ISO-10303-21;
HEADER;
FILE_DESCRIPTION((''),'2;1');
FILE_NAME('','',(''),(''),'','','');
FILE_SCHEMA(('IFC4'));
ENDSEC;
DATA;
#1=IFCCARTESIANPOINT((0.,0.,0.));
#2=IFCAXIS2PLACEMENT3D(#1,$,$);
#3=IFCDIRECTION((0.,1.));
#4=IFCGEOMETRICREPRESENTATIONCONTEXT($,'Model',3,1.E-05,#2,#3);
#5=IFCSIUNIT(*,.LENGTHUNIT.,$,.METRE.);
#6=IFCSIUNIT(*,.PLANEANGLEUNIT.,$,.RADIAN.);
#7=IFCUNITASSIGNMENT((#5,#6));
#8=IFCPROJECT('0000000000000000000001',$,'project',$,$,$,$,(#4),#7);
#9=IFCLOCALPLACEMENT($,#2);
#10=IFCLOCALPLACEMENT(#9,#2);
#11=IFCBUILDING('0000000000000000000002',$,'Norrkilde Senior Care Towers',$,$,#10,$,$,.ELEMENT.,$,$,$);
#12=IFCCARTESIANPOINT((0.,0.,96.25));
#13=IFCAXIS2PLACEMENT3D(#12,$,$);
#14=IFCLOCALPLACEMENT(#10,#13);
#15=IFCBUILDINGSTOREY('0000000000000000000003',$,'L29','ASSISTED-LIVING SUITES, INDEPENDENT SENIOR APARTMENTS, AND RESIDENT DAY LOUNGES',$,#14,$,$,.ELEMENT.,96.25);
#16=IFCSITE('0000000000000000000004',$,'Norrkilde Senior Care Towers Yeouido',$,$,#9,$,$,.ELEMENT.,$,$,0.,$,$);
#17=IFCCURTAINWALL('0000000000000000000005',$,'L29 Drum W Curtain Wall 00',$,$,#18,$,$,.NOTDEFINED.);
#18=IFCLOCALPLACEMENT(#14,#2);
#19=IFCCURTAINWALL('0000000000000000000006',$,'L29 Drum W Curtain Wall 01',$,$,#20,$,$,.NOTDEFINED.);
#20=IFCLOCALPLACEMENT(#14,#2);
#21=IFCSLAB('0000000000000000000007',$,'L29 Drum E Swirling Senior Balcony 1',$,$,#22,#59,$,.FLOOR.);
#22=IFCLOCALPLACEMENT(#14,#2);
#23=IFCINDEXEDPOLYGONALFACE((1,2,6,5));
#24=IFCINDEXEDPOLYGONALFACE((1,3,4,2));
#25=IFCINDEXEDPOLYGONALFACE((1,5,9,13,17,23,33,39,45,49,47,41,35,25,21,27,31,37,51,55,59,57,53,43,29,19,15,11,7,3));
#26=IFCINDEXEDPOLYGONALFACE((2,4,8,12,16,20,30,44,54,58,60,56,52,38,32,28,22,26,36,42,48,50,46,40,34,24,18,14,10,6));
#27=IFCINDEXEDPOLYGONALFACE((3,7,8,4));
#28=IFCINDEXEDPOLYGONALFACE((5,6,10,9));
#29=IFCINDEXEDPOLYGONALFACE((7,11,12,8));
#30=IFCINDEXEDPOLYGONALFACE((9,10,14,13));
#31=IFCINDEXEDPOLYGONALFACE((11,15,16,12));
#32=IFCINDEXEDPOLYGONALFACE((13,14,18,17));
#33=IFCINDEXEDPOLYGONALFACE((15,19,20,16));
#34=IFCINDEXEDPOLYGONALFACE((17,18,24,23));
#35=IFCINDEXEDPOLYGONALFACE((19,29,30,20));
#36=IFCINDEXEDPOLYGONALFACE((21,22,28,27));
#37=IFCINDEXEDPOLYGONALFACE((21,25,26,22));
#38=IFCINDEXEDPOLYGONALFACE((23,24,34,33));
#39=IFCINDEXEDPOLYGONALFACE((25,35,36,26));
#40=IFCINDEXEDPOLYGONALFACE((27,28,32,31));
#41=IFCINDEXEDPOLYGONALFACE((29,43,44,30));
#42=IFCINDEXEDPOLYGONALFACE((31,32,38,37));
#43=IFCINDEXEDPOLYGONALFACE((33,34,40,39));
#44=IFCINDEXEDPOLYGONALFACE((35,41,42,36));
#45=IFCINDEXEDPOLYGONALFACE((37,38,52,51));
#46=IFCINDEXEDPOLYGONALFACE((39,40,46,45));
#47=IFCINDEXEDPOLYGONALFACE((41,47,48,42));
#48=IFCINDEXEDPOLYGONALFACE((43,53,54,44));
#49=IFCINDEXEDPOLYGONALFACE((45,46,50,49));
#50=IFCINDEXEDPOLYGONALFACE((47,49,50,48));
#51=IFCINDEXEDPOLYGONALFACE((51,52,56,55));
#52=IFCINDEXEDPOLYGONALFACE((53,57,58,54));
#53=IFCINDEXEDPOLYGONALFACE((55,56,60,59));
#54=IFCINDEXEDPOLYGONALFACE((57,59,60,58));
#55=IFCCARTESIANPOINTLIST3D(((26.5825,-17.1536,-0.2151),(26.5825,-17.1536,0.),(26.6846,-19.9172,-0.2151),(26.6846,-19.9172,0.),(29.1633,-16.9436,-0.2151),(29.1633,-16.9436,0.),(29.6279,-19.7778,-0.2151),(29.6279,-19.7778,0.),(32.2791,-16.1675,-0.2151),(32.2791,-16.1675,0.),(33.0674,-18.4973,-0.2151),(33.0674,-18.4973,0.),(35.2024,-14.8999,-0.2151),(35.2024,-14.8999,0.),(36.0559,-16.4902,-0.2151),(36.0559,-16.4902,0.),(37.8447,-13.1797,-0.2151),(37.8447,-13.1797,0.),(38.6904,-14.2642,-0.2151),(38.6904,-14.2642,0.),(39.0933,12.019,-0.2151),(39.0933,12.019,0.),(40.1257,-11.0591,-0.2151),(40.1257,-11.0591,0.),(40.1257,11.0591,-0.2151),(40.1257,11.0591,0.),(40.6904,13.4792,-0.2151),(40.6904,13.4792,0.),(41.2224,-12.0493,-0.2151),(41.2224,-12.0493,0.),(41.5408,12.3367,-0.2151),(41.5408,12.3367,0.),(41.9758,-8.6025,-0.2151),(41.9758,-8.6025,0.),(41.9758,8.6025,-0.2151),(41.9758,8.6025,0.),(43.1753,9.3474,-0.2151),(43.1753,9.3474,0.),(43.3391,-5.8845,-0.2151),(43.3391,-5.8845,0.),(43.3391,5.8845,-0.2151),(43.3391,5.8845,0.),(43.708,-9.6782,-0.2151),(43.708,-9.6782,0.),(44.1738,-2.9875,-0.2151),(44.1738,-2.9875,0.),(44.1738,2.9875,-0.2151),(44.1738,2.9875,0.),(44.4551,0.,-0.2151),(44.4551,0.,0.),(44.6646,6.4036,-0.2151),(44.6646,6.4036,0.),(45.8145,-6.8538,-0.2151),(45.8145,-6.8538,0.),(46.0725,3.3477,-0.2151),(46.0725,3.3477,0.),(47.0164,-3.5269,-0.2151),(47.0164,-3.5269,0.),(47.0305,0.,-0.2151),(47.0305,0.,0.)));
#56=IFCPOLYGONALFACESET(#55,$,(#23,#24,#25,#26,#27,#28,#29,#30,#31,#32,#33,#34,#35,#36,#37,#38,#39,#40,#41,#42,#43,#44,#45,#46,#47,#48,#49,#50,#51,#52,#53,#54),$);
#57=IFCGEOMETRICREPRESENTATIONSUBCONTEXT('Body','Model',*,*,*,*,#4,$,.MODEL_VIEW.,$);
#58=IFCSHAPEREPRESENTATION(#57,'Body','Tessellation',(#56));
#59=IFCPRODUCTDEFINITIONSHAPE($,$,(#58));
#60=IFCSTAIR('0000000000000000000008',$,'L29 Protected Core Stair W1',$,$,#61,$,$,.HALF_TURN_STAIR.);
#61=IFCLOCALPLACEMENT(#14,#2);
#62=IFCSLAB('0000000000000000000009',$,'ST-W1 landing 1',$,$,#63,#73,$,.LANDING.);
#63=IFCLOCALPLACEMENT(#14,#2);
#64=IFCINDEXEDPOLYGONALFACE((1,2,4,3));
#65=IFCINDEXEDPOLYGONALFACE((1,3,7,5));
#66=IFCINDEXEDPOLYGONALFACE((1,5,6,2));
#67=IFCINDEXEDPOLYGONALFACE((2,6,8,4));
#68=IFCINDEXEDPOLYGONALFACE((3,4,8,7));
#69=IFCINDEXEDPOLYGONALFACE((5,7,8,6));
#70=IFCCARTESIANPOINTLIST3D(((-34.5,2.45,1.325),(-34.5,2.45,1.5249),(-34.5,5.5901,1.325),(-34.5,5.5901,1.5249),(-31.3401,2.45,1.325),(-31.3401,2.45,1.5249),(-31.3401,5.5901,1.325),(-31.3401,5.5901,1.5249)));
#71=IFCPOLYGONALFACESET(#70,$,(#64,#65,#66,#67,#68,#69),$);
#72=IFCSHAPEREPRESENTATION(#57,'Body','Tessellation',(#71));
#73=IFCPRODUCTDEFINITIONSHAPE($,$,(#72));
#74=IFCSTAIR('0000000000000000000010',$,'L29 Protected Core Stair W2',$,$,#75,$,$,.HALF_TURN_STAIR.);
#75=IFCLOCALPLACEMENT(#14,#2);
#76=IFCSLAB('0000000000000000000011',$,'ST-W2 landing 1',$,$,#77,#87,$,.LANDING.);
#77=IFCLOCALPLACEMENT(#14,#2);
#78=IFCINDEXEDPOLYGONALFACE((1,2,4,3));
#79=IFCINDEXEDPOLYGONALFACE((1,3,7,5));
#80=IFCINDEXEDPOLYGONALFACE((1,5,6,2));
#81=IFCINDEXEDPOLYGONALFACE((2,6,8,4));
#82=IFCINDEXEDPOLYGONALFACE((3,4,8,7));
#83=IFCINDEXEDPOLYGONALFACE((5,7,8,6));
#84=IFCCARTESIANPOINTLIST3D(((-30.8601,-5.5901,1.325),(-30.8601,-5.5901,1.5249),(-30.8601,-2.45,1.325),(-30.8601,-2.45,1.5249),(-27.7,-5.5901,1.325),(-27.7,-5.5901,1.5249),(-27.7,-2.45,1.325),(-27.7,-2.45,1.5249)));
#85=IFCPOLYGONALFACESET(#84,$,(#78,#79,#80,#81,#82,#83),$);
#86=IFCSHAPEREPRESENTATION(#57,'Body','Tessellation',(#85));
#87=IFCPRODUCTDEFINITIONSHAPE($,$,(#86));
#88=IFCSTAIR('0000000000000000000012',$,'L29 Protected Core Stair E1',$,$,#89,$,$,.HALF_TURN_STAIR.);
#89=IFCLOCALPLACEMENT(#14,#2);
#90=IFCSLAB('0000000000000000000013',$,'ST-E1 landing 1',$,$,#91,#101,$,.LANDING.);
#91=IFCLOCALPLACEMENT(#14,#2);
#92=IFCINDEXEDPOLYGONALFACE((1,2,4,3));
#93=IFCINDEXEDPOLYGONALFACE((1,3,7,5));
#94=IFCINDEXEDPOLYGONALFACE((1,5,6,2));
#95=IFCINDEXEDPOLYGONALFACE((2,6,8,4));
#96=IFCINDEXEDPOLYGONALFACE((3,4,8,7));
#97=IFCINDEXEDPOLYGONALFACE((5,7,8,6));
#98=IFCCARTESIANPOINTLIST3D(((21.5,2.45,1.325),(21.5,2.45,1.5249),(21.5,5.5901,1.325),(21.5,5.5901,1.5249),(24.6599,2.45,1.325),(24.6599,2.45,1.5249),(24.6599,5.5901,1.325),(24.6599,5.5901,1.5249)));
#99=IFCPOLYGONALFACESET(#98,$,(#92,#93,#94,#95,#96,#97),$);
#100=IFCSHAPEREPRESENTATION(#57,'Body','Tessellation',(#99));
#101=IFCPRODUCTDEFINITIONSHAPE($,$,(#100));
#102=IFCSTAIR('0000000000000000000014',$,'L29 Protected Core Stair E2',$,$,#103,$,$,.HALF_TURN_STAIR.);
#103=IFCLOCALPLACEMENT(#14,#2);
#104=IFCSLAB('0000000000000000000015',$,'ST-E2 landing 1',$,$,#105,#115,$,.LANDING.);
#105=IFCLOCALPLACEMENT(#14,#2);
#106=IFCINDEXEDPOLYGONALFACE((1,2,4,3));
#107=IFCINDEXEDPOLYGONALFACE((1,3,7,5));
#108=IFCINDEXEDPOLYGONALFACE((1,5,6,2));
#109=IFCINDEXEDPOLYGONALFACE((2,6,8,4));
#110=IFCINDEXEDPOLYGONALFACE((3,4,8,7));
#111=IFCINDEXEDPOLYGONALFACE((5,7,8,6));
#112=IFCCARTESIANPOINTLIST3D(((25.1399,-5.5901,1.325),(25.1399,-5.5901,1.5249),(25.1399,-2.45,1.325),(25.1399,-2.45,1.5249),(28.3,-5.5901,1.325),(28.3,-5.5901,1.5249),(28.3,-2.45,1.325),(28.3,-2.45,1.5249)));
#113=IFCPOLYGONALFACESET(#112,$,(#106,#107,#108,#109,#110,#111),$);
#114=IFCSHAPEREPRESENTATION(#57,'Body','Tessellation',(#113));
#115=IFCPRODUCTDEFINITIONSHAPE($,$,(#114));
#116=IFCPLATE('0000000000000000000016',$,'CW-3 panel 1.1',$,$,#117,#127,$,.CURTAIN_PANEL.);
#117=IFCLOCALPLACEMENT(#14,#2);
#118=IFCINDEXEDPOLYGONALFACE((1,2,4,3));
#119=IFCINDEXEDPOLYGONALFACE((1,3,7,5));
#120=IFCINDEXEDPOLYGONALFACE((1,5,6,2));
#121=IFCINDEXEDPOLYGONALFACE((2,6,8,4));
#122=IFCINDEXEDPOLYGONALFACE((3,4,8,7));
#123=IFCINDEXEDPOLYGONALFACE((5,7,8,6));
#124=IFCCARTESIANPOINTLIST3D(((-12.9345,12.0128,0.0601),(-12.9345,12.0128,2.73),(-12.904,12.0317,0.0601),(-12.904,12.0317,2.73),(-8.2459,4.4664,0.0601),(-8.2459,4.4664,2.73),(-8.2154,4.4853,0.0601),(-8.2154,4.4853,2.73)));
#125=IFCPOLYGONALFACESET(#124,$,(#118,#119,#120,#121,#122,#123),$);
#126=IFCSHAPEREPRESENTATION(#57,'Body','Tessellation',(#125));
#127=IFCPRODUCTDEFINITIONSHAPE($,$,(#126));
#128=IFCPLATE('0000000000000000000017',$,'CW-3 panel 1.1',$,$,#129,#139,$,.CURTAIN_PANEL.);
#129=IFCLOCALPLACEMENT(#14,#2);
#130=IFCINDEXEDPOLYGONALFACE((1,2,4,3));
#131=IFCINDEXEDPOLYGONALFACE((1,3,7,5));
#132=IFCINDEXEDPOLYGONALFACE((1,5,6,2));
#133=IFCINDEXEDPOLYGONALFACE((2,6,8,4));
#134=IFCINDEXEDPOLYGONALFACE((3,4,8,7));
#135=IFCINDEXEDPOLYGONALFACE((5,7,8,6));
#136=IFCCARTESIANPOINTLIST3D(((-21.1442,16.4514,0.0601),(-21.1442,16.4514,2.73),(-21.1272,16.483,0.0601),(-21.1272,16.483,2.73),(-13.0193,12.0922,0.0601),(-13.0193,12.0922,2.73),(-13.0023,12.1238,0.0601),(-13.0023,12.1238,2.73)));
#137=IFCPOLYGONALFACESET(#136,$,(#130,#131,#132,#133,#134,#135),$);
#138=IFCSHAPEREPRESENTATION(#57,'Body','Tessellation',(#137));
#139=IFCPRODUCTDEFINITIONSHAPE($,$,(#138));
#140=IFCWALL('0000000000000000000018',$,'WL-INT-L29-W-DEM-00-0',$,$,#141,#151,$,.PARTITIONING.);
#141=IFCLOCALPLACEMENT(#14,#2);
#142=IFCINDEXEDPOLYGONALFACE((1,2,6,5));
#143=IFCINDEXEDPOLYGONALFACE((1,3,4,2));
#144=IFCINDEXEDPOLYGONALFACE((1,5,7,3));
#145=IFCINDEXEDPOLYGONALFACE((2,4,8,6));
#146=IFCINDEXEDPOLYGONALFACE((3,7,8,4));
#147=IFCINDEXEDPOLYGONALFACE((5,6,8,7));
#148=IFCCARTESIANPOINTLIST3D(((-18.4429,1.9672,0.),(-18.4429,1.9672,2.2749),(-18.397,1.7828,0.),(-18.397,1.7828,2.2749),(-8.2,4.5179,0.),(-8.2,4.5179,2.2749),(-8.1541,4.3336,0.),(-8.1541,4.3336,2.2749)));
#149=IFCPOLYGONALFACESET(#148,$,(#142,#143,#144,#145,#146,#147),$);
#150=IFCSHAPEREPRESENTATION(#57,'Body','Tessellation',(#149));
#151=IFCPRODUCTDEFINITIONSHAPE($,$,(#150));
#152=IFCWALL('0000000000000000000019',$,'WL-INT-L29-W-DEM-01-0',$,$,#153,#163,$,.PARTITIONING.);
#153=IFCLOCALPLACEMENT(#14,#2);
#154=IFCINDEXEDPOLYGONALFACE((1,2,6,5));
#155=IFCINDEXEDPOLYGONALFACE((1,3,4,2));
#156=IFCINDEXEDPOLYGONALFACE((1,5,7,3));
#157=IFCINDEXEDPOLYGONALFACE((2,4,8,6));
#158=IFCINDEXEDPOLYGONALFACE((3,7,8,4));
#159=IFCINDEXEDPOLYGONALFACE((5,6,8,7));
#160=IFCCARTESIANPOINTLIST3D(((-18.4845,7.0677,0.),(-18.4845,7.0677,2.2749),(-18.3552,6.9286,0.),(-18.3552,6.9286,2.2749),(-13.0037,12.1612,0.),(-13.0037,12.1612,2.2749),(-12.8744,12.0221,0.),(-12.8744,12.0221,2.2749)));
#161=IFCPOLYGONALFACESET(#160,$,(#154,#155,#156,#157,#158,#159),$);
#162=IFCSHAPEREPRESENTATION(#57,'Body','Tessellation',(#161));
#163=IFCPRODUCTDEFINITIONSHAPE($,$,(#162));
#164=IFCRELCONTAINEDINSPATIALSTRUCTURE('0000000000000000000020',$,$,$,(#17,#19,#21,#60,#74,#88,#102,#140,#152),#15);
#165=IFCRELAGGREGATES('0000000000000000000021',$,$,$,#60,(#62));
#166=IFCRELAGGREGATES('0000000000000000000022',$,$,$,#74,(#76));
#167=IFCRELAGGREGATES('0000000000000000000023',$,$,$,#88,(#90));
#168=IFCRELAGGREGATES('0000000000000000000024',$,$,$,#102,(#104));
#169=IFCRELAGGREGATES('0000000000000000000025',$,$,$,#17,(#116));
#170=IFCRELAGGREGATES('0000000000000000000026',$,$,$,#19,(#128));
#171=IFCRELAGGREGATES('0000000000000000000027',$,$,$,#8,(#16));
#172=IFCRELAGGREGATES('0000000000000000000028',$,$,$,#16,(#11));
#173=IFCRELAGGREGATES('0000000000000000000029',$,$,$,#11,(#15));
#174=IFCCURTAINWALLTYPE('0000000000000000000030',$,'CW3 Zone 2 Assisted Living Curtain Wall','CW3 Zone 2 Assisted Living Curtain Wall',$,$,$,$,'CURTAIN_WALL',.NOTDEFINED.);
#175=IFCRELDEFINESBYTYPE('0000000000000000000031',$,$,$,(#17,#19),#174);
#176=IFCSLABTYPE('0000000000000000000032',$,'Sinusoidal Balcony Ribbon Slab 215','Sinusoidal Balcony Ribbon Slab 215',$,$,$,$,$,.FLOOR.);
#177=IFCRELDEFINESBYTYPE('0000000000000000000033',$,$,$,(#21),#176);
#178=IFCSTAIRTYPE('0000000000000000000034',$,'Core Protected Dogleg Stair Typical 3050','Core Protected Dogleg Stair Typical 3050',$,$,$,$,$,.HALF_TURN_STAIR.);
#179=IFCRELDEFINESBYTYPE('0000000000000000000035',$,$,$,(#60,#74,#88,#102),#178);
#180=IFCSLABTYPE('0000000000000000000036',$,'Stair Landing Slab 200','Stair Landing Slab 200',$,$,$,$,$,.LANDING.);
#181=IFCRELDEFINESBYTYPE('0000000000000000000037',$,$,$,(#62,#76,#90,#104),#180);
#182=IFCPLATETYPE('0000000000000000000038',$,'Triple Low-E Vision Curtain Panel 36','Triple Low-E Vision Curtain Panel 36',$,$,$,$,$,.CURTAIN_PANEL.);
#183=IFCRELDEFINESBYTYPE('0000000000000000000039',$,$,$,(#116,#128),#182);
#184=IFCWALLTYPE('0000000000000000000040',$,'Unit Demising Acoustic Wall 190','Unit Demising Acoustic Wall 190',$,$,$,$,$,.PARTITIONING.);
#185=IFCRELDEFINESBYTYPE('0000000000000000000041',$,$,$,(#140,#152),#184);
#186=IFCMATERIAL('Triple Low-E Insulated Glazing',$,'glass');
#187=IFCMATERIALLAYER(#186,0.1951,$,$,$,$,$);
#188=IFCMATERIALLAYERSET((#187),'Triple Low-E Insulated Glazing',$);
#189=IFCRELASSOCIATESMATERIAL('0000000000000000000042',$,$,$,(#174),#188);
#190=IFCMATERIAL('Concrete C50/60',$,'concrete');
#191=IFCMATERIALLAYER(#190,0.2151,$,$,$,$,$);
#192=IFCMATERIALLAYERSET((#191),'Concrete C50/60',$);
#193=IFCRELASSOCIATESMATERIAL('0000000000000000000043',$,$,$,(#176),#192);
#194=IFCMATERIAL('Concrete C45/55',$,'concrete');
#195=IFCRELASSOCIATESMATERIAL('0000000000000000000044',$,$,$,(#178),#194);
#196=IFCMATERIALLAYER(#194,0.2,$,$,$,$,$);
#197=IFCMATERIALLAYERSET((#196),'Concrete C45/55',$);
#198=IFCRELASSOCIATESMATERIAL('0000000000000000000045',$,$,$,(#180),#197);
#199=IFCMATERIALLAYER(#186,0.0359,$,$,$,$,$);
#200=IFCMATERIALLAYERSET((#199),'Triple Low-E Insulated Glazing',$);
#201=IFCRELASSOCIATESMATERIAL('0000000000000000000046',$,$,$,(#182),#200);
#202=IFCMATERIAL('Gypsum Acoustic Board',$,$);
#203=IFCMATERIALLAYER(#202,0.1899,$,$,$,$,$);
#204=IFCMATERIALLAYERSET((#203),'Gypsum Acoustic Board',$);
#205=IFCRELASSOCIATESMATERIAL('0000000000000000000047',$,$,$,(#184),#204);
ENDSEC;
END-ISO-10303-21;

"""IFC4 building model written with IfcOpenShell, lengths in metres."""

from ifc_helpers import new_model, si_unit, direction, frame, frame_2d, origin, origin_2d, place, context, subcontext, project, spatial, polyline, rectangle, outline, extrude, source, transform, mapped, material, layer, layer_set, type_object, type_shapes, element, aggregate, save


model = new_model("IFC4")

# Units and contexts
model_context = context("Model", 3, precision=1e-05, world=origin(), true_north=direction((0.0, 1.0)))
body_context = subcontext(model_context, "Body", "Model", "MODEL_VIEW")
ifc_project = project(units=[si_unit("LENGTHUNIT", "METRE"), si_unit("PLANEANGLEUNIT", "RADIAN")], contexts=[model_context])

# Site, building, storey
site_placement = place(None, origin())
site = spatial("IfcSite", under=ifc_project, at=site_placement, Name="Norrkilde Senior Care Towers Yeouido", CompositionType="ELEMENT", RefElevation=0.0)
building_placement = place(site_placement, origin())
building = spatial("IfcBuilding", under=site, at=building_placement, Name="Norrkilde Senior Care Towers", CompositionType="ELEMENT")
storey_placement = place(building_placement, frame((0.0, 0.0, 96.25)))
storey = spatial("IfcBuildingStorey", under=building, at=storey_placement, Name="L29", Description="ASSISTED-LIVING SUITES, INDEPENDENT SENIOR APARTMENTS, AND RESIDENT DAY LOUNGES", CompositionType="ELEMENT", Elevation=96.25)

# Curtain wall
ifc_material_1 = material(Name="Triple Low-E Insulated Glazing", Category="glass")
ifc_layer_1 = layer(ifc_material_1, 0.1951)
ifc_layer_set_1 = layer_set([ifc_layer_1], Name="Triple Low-E Insulated Glazing")
curtain_wall_type = type_object("IfcCurtainWallType", Name="CW3 Zone 2 Assisted Living Curtain Wall", Description="CW3 Zone 2 Assisted Living Curtain Wall", ElementType="CURTAIN_WALL", PredefinedType="NOTDEFINED", material=ifc_layer_set_1)
curtain_wall_1_placement = place(storey_placement, origin())
curtain_wall_1 = element("IfcCurtainWall", 1, at=curtain_wall_1_placement, inside=storey, type_object=curtain_wall_type, Name="L29 Drum W Curtain Wall 00", PredefinedType="NOTDEFINED")

# Curtain wall
curtain_wall_2_placement = place(storey_placement, origin())
curtain_wall_2 = element("IfcCurtainWall", 2, at=curtain_wall_2_placement, inside=storey, type_object=curtain_wall_type, Name="L29 Drum W Curtain Wall 01", PredefinedType="NOTDEFINED")

# Slab
ifc_material_2 = material(Name="Concrete C50/60", Category="concrete")
ifc_layer_2 = layer(ifc_material_2, 0.2151)
ifc_layer_set_2 = layer_set([ifc_layer_2], Name="Concrete C50/60")
slab_type_1 = type_object("IfcSlabType", Name="Sinusoidal Balcony Ribbon Slab 215", Description="Sinusoidal Balcony Ribbon Slab 215", PredefinedType="FLOOR", material=ifc_layer_set_2)
slab_1_placement = place(storey_placement, frame((0.0, 0.0, -0.2151)))
element("IfcSlab", 3, at=slab_1_placement, inside=storey, type_object=slab_type_1, Name="L29 Drum E Swirling Senior Balcony 1", PredefinedType="FLOOR", context=body_context, shape_type="SweptSolid", body=[
    extrude(outline(polyline([(43.708, -9.6782), (41.2224, -12.0493), (38.6904, -14.2642), (36.0559, -16.4902), (33.0674, -18.4973), (29.6279, -19.7778), (26.6846, -19.9172), (26.5825, -17.1536), (29.1633, -16.9436), (32.2791, -16.1675), (35.2024, -14.8999), (37.8447, -13.1797), (40.1257, -11.0591), (41.9758, -8.6025), (43.3391, -5.8845), (44.1738, -2.9875), (44.4551, 0.0), (44.1738, 2.9875), (43.3391, 5.8845), (41.9758, 8.6025), (40.1257, 11.0591), (39.0933, 12.019), (40.6904, 13.4792), (41.5408, 12.3367), (43.1753, 9.3474), (44.6646, 6.4036), (46.0725, 3.3477), (47.0305, 0.0), (47.0164, -3.5269), (45.8145, -6.8538), (43.708, -9.6782)])), origin(), (0.0, 0.0, 1.0), 0.2151),
])

# Stairs, slabs
ifc_material_3 = material(Name="Concrete C45/55", Category="concrete")
stair_type = type_object("IfcStairType", Name="Core Protected Dogleg Stair Typical 3050", Description="Core Protected Dogleg Stair Typical 3050", PredefinedType="HALF_TURN_STAIR", material=ifc_material_3)
stair_1_placement = place(storey_placement, origin())
stair_1 = element("IfcStair", 4, at=stair_1_placement, inside=storey, type_object=stair_type, Name="L29 Protected Core Stair W1", PredefinedType="HALF_TURN_STAIR")
ifc_layer_3 = layer(ifc_material_3, 0.2)
ifc_layer_set_3 = layer_set([ifc_layer_3], Name="Concrete C45/55")
slab_type_2 = type_object("IfcSlabType", Name="Stair Landing Slab 200", Description="Stair Landing Slab 200", PredefinedType="LANDING", material=ifc_layer_set_3)
slab_2_placement = place(storey_placement, frame((0.0, 0.0, 1.325)))
slab_2 = element("IfcSlab", 5, at=slab_2_placement, type_object=slab_type_2, Name="ST-W1 landing 1", PredefinedType="LANDING", context=body_context, shape_type="SweptSolid", body=[
    extrude(outline(polyline([(-31.3401, 5.5901), (-34.5, 5.5901), (-34.5, 2.45), (-31.3401, 2.45), (-31.3401, 5.5901)])), origin(), (0.0, 0.0, 1.0), 0.2),
])
aggregate(stair_1, [slab_2])
stair_2_placement = place(storey_placement, origin())
stair_2 = element("IfcStair", 6, at=stair_2_placement, inside=storey, type_object=stair_type, Name="L29 Protected Core Stair W2", PredefinedType="HALF_TURN_STAIR")
slab_3_placement = place(storey_placement, frame((0.0, 0.0, 1.325)))
slab_3 = element("IfcSlab", 7, at=slab_3_placement, type_object=slab_type_2, Name="ST-W2 landing 1", PredefinedType="LANDING", context=body_context, shape_type="SweptSolid", body=[
    extrude(outline(polyline([(-30.8601, -5.5901), (-27.7, -5.5901), (-27.7, -2.45), (-30.8601, -2.45), (-30.8601, -5.5901)])), origin(), (0.0, 0.0, 1.0), 0.2),
])
aggregate(stair_2, [slab_3])
stair_3_placement = place(storey_placement, origin())
stair_3 = element("IfcStair", 8, at=stair_3_placement, inside=storey, type_object=stair_type, Name="L29 Protected Core Stair E1", PredefinedType="HALF_TURN_STAIR")
slab_4_placement = place(storey_placement, frame((0.0, 0.0, 1.325)))
slab_4 = element("IfcSlab", 9, at=slab_4_placement, type_object=slab_type_2, Name="ST-E1 landing 1", PredefinedType="LANDING", context=body_context, shape_type="SweptSolid", body=[
    extrude(outline(polyline([(24.6599, 5.5901), (21.5, 5.5901), (21.5, 2.45), (24.6599, 2.45), (24.6599, 5.5901)])), origin(), (0.0, 0.0, 1.0), 0.2),
])
aggregate(stair_3, [slab_4])
stair_4_placement = place(storey_placement, origin())
stair_4 = element("IfcStair", 10, at=stair_4_placement, inside=storey, type_object=stair_type, Name="L29 Protected Core Stair E2", PredefinedType="HALF_TURN_STAIR")
slab_5_placement = place(storey_placement, frame((0.0, 0.0, 1.325)))
slab_5 = element("IfcSlab", 11, at=slab_5_placement, type_object=slab_type_2, Name="ST-E2 landing 1", PredefinedType="LANDING", context=body_context, shape_type="SweptSolid", body=[
    extrude(outline(polyline([(25.1399, -5.5901), (28.3, -5.5901), (28.3, -2.45), (25.1399, -2.45), (25.1399, -5.5901)])), origin(), (0.0, 0.0, 1.0), 0.2),
])
aggregate(stair_4, [slab_5])

# Plates
ifc_layer_4 = layer(ifc_material_1, 0.0359)
ifc_layer_set_4 = layer_set([ifc_layer_4], Name="Triple Low-E Insulated Glazing")
plate_type = type_object("IfcPlateType", Name="Triple Low-E Vision Curtain Panel 36", Description="Triple Low-E Vision Curtain Panel 36", PredefinedType="CURTAIN_PANEL", material=ifc_layer_set_4)
shared_shape_1 = source(origin(), body_context, "Body", "SweptSolid", [
    extrude(rectangle(XDim=8.8843, YDim=0.0359, at=origin_2d()), origin(), (0.0, 0.0, 1.0), 2.6699),
])
plate_1_placement = place(storey_placement, frame((-10.575, 8.249, 0.0601), z_axis=(0.0, 0.0, 1.0), x_axis=(0.527733, -0.84941, 0.0)))
plate_1 = element("IfcPlate", 12, at=plate_1_placement, type_object=plate_type, Name="CW-3 panel 1.1", PredefinedType="CURTAIN_PANEL", context=body_context, shape_type="MappedRepresentation", body=[
    mapped(shared_shape_1, transform((0.0, 0.0, 0.0), x_axis=(1.0, 0.0, 0.0), y_axis=(0.0, 1.0, 0.0), z_axis=(0.0, 0.0, 1.0), scale=1.0)),
])
aggregate(curtain_wall_1, [plate_1])
shared_shape_2 = source(origin(), body_context, "Body", "SweptSolid", [
    extrude(rectangle(XDim=9.2205, YDim=0.0359, at=origin_2d()), origin(), (0.0, 0.0, 1.0), 2.6699),
])
type_shapes(plate_type, [shared_shape_1, shared_shape_2])
plate_2_placement = place(storey_placement, frame((-17.0732, 14.2876, 0.0601), z_axis=(0.0, 0.0, 1.0), x_axis=(0.881186, -0.472769, 0.0)))
plate_2 = element("IfcPlate", 13, at=plate_2_placement, type_object=plate_type, Name="CW-3 panel 1.1", PredefinedType="CURTAIN_PANEL", context=body_context, shape_type="MappedRepresentation", body=[
    mapped(shared_shape_2, transform((0.0, 0.0, 0.0), x_axis=(1.0, 0.0, 0.0), y_axis=(0.0, 1.0, 0.0), z_axis=(0.0, 0.0, 1.0), scale=1.0)),
])
aggregate(curtain_wall_2, [plate_2])

# Walls
ifc_material_4 = material(Name="Gypsum Acoustic Board")
ifc_layer_5 = layer(ifc_material_4, 0.1899)
ifc_layer_set_5 = layer_set([ifc_layer_5], Name="Gypsum Acoustic Board")
wall_type = type_object("IfcWallType", Name="Unit Demising Acoustic Wall 190", Description="Unit Demising Acoustic Wall 190", PredefinedType="PARTITIONING", material=ifc_layer_set_5)
shared_shape_3 = source(origin(), body_context, "Body", "SweptSolid", [
    extrude(rectangle(XDim=10.5557, YDim=0.1899, at=frame_2d((5.2778, 0.0))), origin(), (0.0, 0.0, 1.0), 2.2749),
])
wall_1_placement = place(storey_placement, frame((-18.4199, 1.875, 0.0), z_axis=(0.0, 0.0, 1.0), x_axis=(0.970364, 0.241648, 0.0)))
element("IfcWall", 14, at=wall_1_placement, inside=storey, type_object=wall_type, Name="WL-INT-L29-W-DEM-00-0", PredefinedType="PARTITIONING", context=body_context, shape_type="MappedRepresentation", body=[
    mapped(shared_shape_3, transform((0.0, 0.0, 0.0), x_axis=(1.0, 0.0, 0.0), y_axis=(0.0, 1.0, 0.0), z_axis=(0.0, 0.0, 1.0), scale=1.0)),
])
shared_shape_4 = source(origin(), body_context, "Body", "SweptSolid", [
    extrude(rectangle(XDim=7.4822, YDim=0.1899, at=frame_2d((3.7412, 0.0))), origin(), (0.0, 0.0, 1.0), 2.2749),
])
type_shapes(wall_type, [shared_shape_3, shared_shape_4])
wall_2_placement = place(storey_placement, frame((-18.4199, 6.998, 0.0), z_axis=(0.0, 0.0, 1.0), x_axis=(0.732509, 0.680758, 0.0)))
element("IfcWall", 15, at=wall_2_placement, inside=storey, type_object=wall_type, Name="WL-INT-L29-W-DEM-01-0", PredefinedType="PARTITIONING", context=body_context, shape_type="MappedRepresentation", body=[
    mapped(shared_shape_4, transform((0.0, 0.0, 0.0), x_axis=(1.0, 0.0, 0.0), y_axis=(0.0, 1.0, 0.0), z_axis=(0.0, 0.0, 1.0), scale=1.0)),
])

save(model, "model.ifc")
